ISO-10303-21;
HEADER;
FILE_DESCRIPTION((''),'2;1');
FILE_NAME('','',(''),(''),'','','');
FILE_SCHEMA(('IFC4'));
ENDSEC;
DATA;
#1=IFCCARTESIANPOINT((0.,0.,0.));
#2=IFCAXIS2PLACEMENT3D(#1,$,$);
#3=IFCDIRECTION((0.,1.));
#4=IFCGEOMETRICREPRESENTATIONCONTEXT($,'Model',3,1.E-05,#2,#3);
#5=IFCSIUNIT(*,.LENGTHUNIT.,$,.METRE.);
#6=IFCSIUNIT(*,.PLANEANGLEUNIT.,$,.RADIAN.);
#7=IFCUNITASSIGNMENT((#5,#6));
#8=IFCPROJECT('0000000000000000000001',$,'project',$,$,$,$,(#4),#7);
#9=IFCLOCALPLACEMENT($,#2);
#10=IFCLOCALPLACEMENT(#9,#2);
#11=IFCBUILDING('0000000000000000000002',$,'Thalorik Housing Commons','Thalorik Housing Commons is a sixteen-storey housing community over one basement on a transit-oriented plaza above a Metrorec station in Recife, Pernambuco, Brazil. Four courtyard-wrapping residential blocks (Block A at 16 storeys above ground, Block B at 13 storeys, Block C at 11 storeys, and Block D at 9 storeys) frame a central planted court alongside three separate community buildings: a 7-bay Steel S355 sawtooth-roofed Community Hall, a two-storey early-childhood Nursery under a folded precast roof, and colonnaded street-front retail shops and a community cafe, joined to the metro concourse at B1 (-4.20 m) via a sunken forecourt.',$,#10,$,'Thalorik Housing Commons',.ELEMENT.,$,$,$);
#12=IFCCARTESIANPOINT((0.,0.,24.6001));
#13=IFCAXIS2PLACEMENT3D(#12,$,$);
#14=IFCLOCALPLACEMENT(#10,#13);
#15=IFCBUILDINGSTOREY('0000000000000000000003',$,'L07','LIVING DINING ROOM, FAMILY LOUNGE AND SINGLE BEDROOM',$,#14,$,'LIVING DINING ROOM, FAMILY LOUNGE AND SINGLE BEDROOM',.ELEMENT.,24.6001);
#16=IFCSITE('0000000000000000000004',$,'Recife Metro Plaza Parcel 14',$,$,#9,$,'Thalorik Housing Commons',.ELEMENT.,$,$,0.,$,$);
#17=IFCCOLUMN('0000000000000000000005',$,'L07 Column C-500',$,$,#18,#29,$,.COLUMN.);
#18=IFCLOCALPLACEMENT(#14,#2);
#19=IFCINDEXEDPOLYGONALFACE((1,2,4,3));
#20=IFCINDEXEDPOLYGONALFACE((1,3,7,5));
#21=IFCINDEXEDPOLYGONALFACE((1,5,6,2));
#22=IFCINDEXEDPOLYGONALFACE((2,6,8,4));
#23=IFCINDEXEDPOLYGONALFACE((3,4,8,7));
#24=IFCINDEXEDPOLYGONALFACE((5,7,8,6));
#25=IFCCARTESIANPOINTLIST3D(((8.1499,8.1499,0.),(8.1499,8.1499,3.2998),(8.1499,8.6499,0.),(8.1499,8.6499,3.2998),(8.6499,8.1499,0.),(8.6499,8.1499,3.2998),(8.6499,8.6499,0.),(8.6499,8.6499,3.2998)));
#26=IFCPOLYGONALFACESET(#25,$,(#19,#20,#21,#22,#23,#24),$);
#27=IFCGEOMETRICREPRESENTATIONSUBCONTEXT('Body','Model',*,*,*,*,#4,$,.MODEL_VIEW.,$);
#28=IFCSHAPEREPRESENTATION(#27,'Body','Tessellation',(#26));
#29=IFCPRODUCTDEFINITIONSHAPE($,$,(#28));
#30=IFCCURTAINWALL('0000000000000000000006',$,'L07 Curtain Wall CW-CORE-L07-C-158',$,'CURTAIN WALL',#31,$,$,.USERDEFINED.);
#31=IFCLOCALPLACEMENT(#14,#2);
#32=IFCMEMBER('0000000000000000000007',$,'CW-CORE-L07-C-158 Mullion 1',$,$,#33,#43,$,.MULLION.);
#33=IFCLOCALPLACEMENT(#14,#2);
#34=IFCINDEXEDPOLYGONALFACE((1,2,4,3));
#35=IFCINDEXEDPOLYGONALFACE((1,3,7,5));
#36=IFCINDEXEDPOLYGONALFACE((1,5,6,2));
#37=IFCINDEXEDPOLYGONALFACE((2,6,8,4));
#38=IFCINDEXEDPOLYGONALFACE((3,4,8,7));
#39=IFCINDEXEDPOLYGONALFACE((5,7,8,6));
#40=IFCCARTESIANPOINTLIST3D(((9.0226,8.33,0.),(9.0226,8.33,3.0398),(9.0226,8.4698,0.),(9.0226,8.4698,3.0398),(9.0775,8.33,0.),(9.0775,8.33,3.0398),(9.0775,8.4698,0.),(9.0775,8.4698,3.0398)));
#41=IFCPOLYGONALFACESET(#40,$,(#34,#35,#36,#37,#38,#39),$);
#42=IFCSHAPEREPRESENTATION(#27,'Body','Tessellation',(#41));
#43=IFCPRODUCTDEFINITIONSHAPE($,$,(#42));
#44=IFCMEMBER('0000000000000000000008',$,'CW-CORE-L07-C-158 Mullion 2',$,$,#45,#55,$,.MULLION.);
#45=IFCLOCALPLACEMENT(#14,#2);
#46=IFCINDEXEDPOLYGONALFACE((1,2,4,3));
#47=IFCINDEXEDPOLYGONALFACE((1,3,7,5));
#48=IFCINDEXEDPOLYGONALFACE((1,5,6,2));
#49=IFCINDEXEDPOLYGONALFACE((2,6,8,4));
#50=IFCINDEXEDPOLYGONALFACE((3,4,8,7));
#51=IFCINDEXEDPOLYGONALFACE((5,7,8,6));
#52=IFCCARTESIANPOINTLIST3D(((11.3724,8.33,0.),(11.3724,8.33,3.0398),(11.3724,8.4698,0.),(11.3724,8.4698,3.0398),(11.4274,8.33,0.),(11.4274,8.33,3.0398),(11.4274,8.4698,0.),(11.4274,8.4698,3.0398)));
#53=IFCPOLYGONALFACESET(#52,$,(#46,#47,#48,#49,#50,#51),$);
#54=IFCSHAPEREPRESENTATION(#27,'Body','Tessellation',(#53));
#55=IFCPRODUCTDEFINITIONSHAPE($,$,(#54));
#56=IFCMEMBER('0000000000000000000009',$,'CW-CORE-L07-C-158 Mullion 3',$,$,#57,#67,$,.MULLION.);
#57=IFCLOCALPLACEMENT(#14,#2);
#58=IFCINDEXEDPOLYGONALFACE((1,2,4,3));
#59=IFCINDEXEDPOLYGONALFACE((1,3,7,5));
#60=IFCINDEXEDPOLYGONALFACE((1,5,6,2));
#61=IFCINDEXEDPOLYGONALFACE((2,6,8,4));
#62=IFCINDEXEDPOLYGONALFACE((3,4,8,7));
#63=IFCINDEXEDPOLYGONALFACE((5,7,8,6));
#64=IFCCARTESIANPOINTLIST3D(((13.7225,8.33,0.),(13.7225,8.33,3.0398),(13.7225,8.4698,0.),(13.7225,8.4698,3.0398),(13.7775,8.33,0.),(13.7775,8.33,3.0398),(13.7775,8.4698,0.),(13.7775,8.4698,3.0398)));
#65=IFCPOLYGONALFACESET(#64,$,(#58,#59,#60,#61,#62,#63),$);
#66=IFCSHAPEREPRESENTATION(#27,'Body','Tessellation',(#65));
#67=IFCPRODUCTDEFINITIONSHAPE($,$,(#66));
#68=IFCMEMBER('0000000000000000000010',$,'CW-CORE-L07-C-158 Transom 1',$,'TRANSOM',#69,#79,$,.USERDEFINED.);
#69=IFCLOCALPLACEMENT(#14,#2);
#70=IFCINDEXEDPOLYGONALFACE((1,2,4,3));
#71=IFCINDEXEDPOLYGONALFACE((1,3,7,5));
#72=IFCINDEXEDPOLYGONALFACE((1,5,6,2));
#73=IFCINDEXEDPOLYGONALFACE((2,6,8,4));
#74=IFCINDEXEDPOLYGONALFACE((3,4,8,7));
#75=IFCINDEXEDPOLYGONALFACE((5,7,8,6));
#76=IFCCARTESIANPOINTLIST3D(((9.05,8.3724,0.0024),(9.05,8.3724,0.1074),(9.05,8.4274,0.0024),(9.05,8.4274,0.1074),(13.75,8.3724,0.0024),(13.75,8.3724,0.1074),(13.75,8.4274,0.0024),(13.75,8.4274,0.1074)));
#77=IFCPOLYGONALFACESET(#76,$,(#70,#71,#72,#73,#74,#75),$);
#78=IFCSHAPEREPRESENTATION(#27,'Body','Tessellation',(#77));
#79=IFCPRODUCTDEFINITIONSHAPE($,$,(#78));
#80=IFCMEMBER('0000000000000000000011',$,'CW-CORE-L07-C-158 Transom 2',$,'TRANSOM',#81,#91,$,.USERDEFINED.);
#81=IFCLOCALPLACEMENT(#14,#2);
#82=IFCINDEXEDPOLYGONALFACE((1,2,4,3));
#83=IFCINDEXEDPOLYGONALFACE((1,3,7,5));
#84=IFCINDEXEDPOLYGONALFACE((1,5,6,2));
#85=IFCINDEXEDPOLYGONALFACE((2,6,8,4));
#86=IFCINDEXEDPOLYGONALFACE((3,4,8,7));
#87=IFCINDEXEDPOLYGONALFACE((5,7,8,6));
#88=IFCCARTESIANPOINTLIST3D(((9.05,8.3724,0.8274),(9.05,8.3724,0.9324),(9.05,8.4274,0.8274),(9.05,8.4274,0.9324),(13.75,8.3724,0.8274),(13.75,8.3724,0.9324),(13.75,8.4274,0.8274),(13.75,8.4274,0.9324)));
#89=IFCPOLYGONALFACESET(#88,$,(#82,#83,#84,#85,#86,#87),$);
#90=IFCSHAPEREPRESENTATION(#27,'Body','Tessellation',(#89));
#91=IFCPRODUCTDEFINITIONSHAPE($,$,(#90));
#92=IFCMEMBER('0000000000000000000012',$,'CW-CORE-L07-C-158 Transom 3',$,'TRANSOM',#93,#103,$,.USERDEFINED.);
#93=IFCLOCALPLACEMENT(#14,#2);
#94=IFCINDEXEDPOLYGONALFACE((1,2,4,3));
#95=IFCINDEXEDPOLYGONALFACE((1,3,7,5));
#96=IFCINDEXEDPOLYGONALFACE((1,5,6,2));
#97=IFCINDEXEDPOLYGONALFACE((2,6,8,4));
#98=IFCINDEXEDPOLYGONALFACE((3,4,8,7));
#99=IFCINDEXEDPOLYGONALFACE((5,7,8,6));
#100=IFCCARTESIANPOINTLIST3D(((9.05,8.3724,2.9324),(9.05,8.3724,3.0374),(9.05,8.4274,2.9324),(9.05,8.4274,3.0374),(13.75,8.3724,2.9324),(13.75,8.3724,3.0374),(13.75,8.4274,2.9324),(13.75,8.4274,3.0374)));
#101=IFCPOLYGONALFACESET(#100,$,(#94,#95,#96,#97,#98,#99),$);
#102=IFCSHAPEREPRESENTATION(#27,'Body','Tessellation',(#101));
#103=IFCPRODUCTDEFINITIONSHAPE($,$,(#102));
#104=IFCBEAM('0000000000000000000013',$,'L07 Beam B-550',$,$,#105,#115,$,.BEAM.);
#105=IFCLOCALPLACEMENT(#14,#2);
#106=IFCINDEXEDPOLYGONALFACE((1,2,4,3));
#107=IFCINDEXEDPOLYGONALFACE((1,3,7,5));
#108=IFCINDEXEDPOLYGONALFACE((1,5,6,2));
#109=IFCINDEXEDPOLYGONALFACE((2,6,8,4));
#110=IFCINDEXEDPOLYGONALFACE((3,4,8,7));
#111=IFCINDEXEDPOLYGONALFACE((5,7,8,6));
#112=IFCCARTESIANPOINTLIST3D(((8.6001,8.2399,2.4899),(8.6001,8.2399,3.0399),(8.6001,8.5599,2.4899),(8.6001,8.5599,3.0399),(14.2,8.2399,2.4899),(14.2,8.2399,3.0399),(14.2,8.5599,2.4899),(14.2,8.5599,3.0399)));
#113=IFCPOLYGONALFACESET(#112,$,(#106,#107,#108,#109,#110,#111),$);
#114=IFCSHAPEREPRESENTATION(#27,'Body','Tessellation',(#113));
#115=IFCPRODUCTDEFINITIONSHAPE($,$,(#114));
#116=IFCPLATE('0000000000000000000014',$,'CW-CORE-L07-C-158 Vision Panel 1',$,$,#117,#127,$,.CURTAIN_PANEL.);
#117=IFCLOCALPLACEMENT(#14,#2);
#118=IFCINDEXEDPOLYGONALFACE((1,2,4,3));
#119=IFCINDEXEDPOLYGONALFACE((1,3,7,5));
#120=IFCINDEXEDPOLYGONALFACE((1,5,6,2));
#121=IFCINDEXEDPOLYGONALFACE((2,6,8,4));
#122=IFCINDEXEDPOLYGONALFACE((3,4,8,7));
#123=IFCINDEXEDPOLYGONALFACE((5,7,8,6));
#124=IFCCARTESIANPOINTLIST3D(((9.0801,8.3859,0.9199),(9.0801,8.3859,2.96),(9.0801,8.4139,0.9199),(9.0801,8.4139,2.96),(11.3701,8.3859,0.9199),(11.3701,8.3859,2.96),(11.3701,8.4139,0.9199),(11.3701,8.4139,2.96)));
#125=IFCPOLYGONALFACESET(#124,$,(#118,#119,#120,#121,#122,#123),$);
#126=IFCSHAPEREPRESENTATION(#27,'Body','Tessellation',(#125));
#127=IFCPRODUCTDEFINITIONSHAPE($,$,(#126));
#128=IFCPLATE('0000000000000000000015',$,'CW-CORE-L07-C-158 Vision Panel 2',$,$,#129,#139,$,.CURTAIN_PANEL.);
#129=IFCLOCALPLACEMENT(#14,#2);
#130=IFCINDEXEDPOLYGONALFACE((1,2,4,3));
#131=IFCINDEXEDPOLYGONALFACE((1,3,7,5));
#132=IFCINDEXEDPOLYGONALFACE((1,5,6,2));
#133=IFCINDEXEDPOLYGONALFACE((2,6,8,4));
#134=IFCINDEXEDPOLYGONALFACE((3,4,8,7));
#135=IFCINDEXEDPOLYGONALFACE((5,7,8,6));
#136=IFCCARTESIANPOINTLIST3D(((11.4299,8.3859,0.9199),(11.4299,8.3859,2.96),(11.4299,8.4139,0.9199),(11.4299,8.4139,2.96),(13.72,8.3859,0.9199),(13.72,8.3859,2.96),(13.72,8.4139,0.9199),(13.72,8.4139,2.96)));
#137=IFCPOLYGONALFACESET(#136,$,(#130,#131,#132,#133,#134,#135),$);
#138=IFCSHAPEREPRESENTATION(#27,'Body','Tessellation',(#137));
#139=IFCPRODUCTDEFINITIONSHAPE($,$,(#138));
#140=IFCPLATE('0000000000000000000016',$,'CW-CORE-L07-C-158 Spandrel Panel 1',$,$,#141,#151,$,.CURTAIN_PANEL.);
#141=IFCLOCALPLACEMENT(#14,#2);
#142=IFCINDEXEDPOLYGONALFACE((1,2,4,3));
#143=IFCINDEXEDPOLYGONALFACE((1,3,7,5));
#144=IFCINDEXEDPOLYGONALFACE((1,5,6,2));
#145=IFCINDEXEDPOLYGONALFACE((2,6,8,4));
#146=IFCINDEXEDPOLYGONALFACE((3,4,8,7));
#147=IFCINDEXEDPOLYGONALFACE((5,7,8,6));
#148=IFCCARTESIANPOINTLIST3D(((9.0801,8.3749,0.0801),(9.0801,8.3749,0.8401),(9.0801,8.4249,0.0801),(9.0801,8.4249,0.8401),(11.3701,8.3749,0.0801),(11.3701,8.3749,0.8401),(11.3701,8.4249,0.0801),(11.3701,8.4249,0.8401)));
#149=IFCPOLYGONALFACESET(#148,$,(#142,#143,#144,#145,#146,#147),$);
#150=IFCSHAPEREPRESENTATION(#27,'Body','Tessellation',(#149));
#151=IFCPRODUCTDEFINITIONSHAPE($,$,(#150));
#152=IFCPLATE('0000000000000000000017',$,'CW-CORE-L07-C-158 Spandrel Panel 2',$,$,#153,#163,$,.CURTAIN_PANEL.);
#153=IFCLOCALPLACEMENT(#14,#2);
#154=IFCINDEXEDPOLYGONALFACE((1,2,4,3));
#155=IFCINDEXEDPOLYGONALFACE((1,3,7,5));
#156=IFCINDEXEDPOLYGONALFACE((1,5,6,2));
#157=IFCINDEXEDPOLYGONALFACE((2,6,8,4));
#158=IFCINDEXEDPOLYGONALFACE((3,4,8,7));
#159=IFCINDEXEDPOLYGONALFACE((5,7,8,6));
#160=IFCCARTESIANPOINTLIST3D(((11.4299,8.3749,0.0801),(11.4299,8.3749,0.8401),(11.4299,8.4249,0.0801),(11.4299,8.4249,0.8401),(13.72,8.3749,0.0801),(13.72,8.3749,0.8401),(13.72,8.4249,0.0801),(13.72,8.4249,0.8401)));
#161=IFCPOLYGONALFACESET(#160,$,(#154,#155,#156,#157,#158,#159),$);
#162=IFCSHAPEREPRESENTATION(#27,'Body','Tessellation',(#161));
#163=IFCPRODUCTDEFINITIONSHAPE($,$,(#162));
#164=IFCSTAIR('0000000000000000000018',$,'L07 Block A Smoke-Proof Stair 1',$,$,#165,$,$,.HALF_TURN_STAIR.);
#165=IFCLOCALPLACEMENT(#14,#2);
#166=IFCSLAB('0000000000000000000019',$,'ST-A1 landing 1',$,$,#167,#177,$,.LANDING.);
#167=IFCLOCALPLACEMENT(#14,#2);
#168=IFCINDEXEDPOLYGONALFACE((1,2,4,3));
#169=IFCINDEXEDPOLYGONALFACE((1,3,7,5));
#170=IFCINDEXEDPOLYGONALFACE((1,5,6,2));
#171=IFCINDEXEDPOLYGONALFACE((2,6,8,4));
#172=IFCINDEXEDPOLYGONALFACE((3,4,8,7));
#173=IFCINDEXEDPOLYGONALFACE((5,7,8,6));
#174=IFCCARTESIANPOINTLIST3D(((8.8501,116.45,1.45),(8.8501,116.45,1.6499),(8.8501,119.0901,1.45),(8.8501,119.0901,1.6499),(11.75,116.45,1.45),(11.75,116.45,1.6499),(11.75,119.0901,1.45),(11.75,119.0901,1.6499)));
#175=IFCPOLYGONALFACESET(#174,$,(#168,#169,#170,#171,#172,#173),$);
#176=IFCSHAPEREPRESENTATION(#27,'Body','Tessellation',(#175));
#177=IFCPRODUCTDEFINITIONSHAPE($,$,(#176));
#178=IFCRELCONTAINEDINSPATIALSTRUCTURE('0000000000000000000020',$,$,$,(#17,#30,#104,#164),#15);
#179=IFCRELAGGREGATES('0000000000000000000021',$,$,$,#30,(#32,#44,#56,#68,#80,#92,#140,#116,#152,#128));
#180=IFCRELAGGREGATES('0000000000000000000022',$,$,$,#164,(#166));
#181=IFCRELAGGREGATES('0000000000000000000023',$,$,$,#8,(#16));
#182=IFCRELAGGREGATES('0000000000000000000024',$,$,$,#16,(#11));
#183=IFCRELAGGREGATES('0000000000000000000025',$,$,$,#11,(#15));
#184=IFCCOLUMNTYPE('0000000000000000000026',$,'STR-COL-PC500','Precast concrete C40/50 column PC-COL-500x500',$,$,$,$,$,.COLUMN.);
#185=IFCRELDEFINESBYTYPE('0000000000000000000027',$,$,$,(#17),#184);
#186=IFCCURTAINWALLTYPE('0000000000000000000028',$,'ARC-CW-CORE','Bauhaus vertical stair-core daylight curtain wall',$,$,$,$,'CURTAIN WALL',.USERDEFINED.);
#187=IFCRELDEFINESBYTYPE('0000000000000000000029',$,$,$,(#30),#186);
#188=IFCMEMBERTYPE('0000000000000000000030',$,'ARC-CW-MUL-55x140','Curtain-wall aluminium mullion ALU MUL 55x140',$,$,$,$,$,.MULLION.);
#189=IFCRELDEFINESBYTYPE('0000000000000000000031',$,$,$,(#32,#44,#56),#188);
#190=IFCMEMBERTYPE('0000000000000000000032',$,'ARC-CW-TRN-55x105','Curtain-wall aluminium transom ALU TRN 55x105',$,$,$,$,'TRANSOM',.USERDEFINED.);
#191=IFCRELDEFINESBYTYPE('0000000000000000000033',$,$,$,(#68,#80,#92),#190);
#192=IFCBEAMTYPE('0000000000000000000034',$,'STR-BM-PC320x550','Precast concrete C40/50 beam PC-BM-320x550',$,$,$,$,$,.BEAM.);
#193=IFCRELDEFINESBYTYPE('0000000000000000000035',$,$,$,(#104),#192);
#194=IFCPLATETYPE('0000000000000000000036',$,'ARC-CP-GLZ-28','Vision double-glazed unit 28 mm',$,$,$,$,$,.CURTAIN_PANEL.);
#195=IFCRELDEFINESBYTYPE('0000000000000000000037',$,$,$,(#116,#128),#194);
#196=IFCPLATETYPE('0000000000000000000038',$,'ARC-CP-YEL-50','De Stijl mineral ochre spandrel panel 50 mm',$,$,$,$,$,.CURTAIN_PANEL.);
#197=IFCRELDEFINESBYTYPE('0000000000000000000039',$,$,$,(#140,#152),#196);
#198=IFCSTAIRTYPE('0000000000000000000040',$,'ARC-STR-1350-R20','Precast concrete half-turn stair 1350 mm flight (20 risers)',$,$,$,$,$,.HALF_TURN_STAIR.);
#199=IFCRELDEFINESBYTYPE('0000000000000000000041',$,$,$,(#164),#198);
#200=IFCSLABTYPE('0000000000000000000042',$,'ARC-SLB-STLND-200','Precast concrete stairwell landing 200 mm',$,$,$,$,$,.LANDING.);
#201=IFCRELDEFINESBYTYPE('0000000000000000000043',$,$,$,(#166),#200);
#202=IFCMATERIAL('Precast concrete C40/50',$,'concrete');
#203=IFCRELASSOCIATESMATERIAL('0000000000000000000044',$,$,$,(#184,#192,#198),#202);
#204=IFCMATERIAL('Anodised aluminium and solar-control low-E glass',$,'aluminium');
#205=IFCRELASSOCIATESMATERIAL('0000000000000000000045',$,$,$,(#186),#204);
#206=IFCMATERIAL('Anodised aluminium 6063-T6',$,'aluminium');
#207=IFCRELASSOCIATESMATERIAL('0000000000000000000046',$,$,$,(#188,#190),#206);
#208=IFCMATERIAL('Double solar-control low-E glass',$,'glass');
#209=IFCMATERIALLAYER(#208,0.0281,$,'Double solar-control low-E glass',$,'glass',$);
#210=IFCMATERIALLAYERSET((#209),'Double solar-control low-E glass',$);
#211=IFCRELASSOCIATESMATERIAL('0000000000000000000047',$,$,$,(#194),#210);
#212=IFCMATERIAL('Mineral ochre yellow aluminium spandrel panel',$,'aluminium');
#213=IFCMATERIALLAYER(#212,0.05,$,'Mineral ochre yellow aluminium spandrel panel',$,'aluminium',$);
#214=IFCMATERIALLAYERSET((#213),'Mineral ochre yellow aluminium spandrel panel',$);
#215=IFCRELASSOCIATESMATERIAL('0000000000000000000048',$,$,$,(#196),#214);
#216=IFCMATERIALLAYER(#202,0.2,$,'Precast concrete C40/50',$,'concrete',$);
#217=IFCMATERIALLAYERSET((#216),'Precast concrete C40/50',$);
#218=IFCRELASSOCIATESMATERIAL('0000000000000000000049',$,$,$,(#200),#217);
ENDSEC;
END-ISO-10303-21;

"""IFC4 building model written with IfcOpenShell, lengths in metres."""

from ifc_helpers import new_model, si_unit, direction, frame, origin, origin_2d, place, context, subcontext, project, spatial, polyline, rectangle, outline, extrude, material, layer, layer_set, material_profile, profile_set, type_object, element, aggregate, save


model = new_model("IFC4")

# Units and contexts
model_context = context("Model", 3, precision=1e-05, world=origin(), true_north=direction((0.0, 1.0)))
body_context = subcontext(model_context, "Body", "Model", "MODEL_VIEW")
ifc_project = project(units=[si_unit("LENGTHUNIT", "METRE"), si_unit("PLANEANGLEUNIT", "RADIAN")], contexts=[model_context])

# Site, building, storey
site_placement = place(None, origin())
site = spatial("IfcSite", under=ifc_project, at=site_placement, Name="Recife Metro Plaza Parcel 14", LongName="Thalorik Housing Commons", CompositionType="ELEMENT", RefElevation=0.0)
building_placement = place(site_placement, origin())
building = spatial("IfcBuilding", under=site, at=building_placement, Name="Thalorik Housing Commons", Description="Thalorik Housing Commons is a sixteen-storey housing community over one basement on a transit-oriented plaza above a Metrorec station in Recife, Pernambuco, Brazil. Four courtyard-wrapping residential blocks (Block A at 16 storeys above ground, Block B at 13 storeys, Block C at 11 storeys, and Block D at 9 storeys) frame a central planted court alongside three separate community buildings: a 7-bay Steel S355 sawtooth-roofed Community Hall, a two-storey early-childhood Nursery under a folded precast roof, and colonnaded street-front retail shops and a community cafe, joined to the metro concourse at B1 (-4.20 m) via a sunken forecourt.", LongName="Thalorik Housing Commons", CompositionType="ELEMENT")
storey_placement = place(building_placement, frame((0.0, 0.0, 24.6001)))
storey = spatial("IfcBuildingStorey", under=building, at=storey_placement, Name="L07", Description="LIVING DINING ROOM, FAMILY LOUNGE AND SINGLE BEDROOM", LongName="LIVING DINING ROOM, FAMILY LOUNGE AND SINGLE BEDROOM", CompositionType="ELEMENT", Elevation=24.6001)

# Column
ifc_material_1 = material(Name="Precast concrete C40/50", Category="concrete")
ifc_material_profile_1 = material_profile(ifc_material_1, rectangle(XDim=0.5, YDim=0.5, at=origin_2d()), Name="PC 500x500", Category="concrete")
ifc_profile_set_1 = profile_set([ifc_material_profile_1], Name="Precast concrete C40/50")
column_type = type_object("IfcColumnType", Name="STR-COL-PC500", Description="Precast concrete C40/50 column PC-COL-500x500", PredefinedType="COLUMN", material=ifc_profile_set_1)
column_placement = place(storey_placement, frame((8.3999, 8.3999, 0.0), z_axis=(0.0, 0.0, 1.0), x_axis=(1.0, 0.0, 0.0)))
element("IfcColumn", 1, at=column_placement, inside=storey, type_object=column_type, Name="L07 Column C-500", PredefinedType="COLUMN", context=body_context, shape_type="SweptSolid", body=[
    extrude(rectangle(XDim=0.5, YDim=0.5, at=origin_2d()), origin(), (0.0, 0.0, 1.0), 3.2998),
])

# Curtain wall, members
ifc_material_2 = material(Name="Anodised aluminium and solar-control low-E glass", Category="aluminium")
curtain_wall_type = type_object("IfcCurtainWallType", Name="ARC-CW-CORE", Description="Bauhaus vertical stair-core daylight curtain wall", ElementType="CURTAIN WALL", PredefinedType="USERDEFINED", material=ifc_material_2)
curtain_wall_placement = place(storey_placement, origin())
curtain_wall = element("IfcCurtainWall", 2, at=curtain_wall_placement, inside=storey, type_object=curtain_wall_type, Name="L07 Curtain Wall CW-CORE-L07-C-158", ObjectType="CURTAIN WALL", PredefinedType="USERDEFINED")
ifc_material_3 = material(Name="Anodised aluminium 6063-T6", Category="aluminium")
ifc_material_profile_2 = material_profile(ifc_material_3, rectangle(XDim=0.0549, YDim=0.1399, at=origin_2d()), Name="ALU MUL 55x140", Category="aluminium")
ifc_profile_set_2 = profile_set([ifc_material_profile_2], Name="Anodised aluminium 6063-T6")
member_type_1 = type_object("IfcMemberType", Name="ARC-CW-MUL-55x140", Description="Curtain-wall aluminium mullion ALU MUL 55x140", PredefinedType="MULLION", material=ifc_profile_set_2)
member_1_placement = place(storey_placement, frame((9.05, 8.3999, 0.0), z_axis=(0.0, 0.0, 1.0), x_axis=(1.0, 0.0, 0.0)))
member_1 = element("IfcMember", 3, at=member_1_placement, type_object=member_type_1, Name="CW-CORE-L07-C-158 Mullion 1", PredefinedType="MULLION", context=body_context, shape_type="SweptSolid", body=[
    extrude(rectangle(XDim=0.0549, YDim=0.1399, at=origin_2d()), origin(), (0.0, 0.0, 1.0), 3.0398),
])
member_2_placement = place(storey_placement, frame((11.3999, 8.3999, 0.0), z_axis=(0.0, 0.0, 1.0), x_axis=(1.0, 0.0, 0.0)))
member_2 = element("IfcMember", 4, at=member_2_placement, type_object=member_type_1, Name="CW-CORE-L07-C-158 Mullion 2", PredefinedType="MULLION", context=body_context, shape_type="SweptSolid", body=[
    extrude(rectangle(XDim=0.0549, YDim=0.1399, at=origin_2d()), origin(), (0.0, 0.0, 1.0), 3.0398),
])
member_3_placement = place(storey_placement, frame((13.75, 8.3999, 0.0), z_axis=(0.0, 0.0, 1.0), x_axis=(1.0, 0.0, 0.0)))
member_3 = element("IfcMember", 5, at=member_3_placement, type_object=member_type_1, Name="CW-CORE-L07-C-158 Mullion 3", PredefinedType="MULLION", context=body_context, shape_type="SweptSolid", body=[
    extrude(rectangle(XDim=0.0549, YDim=0.1399, at=origin_2d()), origin(), (0.0, 0.0, 1.0), 3.0398),
])
ifc_material_profile_3 = material_profile(ifc_material_3, rectangle(XDim=0.0549, YDim=0.105, at=origin_2d()), Name="ALU TRN 55x105", Category="aluminium")
ifc_profile_set_3 = profile_set([ifc_material_profile_3], Name="Anodised aluminium 6063-T6")
member_type_2 = type_object("IfcMemberType", Name="ARC-CW-TRN-55x105", Description="Curtain-wall aluminium transom ALU TRN 55x105", ElementType="TRANSOM", PredefinedType="USERDEFINED", material=ifc_profile_set_3)
member_4_placement = place(storey_placement, frame((9.05, 8.3999, 0.0549), z_axis=(1.0, 0.0, 0.0), x_axis=(0.0, 1.0, 0.0)))
member_4 = element("IfcMember", 6, at=member_4_placement, type_object=member_type_2, Name="CW-CORE-L07-C-158 Transom 1", ObjectType="TRANSOM", PredefinedType="USERDEFINED", context=body_context, shape_type="SweptSolid", body=[
    extrude(rectangle(XDim=0.0549, YDim=0.105, at=origin_2d()), origin(), (0.0, 0.0, 1.0), 4.7),
])
member_5_placement = place(storey_placement, frame((9.05, 8.3999, 0.8799), z_axis=(1.0, 0.0, 0.0), x_axis=(0.0, 1.0, 0.0)))
member_5 = element("IfcMember", 7, at=member_5_placement, type_object=member_type_2, Name="CW-CORE-L07-C-158 Transom 2", ObjectType="TRANSOM", PredefinedType="USERDEFINED", context=body_context, shape_type="SweptSolid", body=[
    extrude(rectangle(XDim=0.0549, YDim=0.105, at=origin_2d()), origin(), (0.0, 0.0, 1.0), 4.7),
])
member_6_placement = place(storey_placement, frame((9.05, 8.3999, 2.9849), z_axis=(1.0, 0.0, 0.0), x_axis=(0.0, 1.0, 0.0)))
member_6 = element("IfcMember", 8, at=member_6_placement, type_object=member_type_2, Name="CW-CORE-L07-C-158 Transom 3", ObjectType="TRANSOM", PredefinedType="USERDEFINED", context=body_context, shape_type="SweptSolid", body=[
    extrude(rectangle(XDim=0.0549, YDim=0.105, at=origin_2d()), origin(), (0.0, 0.0, 1.0), 4.7),
])

# Beam
ifc_material_profile_4 = material_profile(ifc_material_1, rectangle(XDim=0.3201, YDim=0.55, at=origin_2d()), Name="PC 320x550", Category="concrete")
ifc_profile_set_4 = profile_set([ifc_material_profile_4], Name="Precast concrete C40/50")
beam_type = type_object("IfcBeamType", Name="STR-BM-PC320x550", Description="Precast concrete C40/50 beam PC-BM-320x550", PredefinedType="BEAM", material=ifc_profile_set_4)
beam_placement = place(storey_placement, frame((8.6001, 8.3999, 2.7649), z_axis=(1.0, 0.0, 0.0), x_axis=(0.0, 1.0, 0.0)))
element("IfcBeam", 9, at=beam_placement, inside=storey, type_object=beam_type, Name="L07 Beam B-550", PredefinedType="BEAM", context=body_context, shape_type="SweptSolid", body=[
    extrude(rectangle(XDim=0.3201, YDim=0.55, at=origin_2d()), origin(), (0.0, 0.0, 1.0), 5.5999),
])

# Plates
ifc_material_4 = material(Name="Double solar-control low-E glass", Category="glass")
ifc_layer_1 = layer(ifc_material_4, 0.0281, Name="Double solar-control low-E glass", Category="glass")
ifc_layer_set_1 = layer_set([ifc_layer_1], Name="Double solar-control low-E glass")
plate_type_1 = type_object("IfcPlateType", Name="ARC-CP-GLZ-28", Description="Vision double-glazed unit 28 mm", PredefinedType="CURTAIN_PANEL", material=ifc_layer_set_1)
plate_1_placement = place(storey_placement, frame((10.2251, 8.3999, 0.9199), z_axis=(0.0, 0.0, 1.0), x_axis=(1.0, 0.0, 0.0)))
plate_1 = element("IfcPlate", 10, at=plate_1_placement, type_object=plate_type_1, Name="CW-CORE-L07-C-158 Vision Panel 1", PredefinedType="CURTAIN_PANEL", context=body_context, shape_type="SweptSolid", body=[
    extrude(rectangle(XDim=2.29, YDim=0.0281, at=origin_2d()), origin(), (0.0, 0.0, 1.0), 2.04),
])
plate_2_placement = place(storey_placement, frame((12.575, 8.3999, 0.9199), z_axis=(0.0, 0.0, 1.0), x_axis=(1.0, 0.0, 0.0)))
plate_2 = element("IfcPlate", 11, at=plate_2_placement, type_object=plate_type_1, Name="CW-CORE-L07-C-158 Vision Panel 2", PredefinedType="CURTAIN_PANEL", context=body_context, shape_type="SweptSolid", body=[
    extrude(rectangle(XDim=2.29, YDim=0.0281, at=origin_2d()), origin(), (0.0, 0.0, 1.0), 2.04),
])
ifc_material_5 = material(Name="Mineral ochre yellow aluminium spandrel panel", Category="aluminium")
ifc_layer_2 = layer(ifc_material_5, 0.05, Name="Mineral ochre yellow aluminium spandrel panel", Category="aluminium")
ifc_layer_set_2 = layer_set([ifc_layer_2], Name="Mineral ochre yellow aluminium spandrel panel")
plate_type_2 = type_object("IfcPlateType", Name="ARC-CP-YEL-50", Description="De Stijl mineral ochre spandrel panel 50 mm", PredefinedType="CURTAIN_PANEL", material=ifc_layer_set_2)
plate_3_placement = place(storey_placement, frame((10.2251, 8.3999, 0.0801), z_axis=(0.0, 0.0, 1.0), x_axis=(1.0, 0.0, 0.0)))
plate_3 = element("IfcPlate", 12, at=plate_3_placement, type_object=plate_type_2, Name="CW-CORE-L07-C-158 Spandrel Panel 1", PredefinedType="CURTAIN_PANEL", context=body_context, shape_type="SweptSolid", body=[
    extrude(rectangle(XDim=2.29, YDim=0.05, at=origin_2d()), origin(), (0.0, 0.0, 1.0), 0.76),
])
plate_4_placement = place(storey_placement, frame((12.575, 8.3999, 0.0801), z_axis=(0.0, 0.0, 1.0), x_axis=(1.0, 0.0, 0.0)))
plate_4 = element("IfcPlate", 13, at=plate_4_placement, type_object=plate_type_2, Name="CW-CORE-L07-C-158 Spandrel Panel 2", PredefinedType="CURTAIN_PANEL", context=body_context, shape_type="SweptSolid", body=[
    extrude(rectangle(XDim=2.29, YDim=0.05, at=origin_2d()), origin(), (0.0, 0.0, 1.0), 0.76),
])
aggregate(curtain_wall, [member_1, member_2, member_3, member_4, member_5, member_6, plate_3, plate_1, plate_4, plate_2])

# Stair, slab
stair_type = type_object("IfcStairType", Name="ARC-STR-1350-R20", Description="Precast concrete half-turn stair 1350 mm flight (20 risers)", PredefinedType="HALF_TURN_STAIR", material=ifc_material_1)
stair_1_placement = place(storey_placement, origin())
stair_1 = element("IfcStair", 14, at=stair_1_placement, inside=storey, type_object=stair_type, Name="L07 Block A Smoke-Proof Stair 1", PredefinedType="HALF_TURN_STAIR")
ifc_layer_3 = layer(ifc_material_1, 0.2, Name="Precast concrete C40/50", Category="concrete")
ifc_layer_set_3 = layer_set([ifc_layer_3], Name="Precast concrete C40/50")
slab_type = type_object("IfcSlabType", Name="ARC-SLB-STLND-200", Description="Precast concrete stairwell landing 200 mm", PredefinedType="LANDING", material=ifc_layer_set_3)
slab_1_placement = place(storey_placement, frame((0.0, 0.0, 1.45)))
slab_1 = element("IfcSlab", 15, at=slab_1_placement, type_object=slab_type, Name="ST-A1 landing 1", PredefinedType="LANDING", context=body_context, shape_type="SweptSolid", body=[
    extrude(outline(polyline([(8.8501, 119.0901), (8.8501, 116.45), (11.75, 116.45), (11.75, 119.0901), (8.8501, 119.0901)])), origin(), (0.0, 0.0, 1.0), 0.2),
])
aggregate(stair_1, [slab_1])

save(model, "model.ifc")
